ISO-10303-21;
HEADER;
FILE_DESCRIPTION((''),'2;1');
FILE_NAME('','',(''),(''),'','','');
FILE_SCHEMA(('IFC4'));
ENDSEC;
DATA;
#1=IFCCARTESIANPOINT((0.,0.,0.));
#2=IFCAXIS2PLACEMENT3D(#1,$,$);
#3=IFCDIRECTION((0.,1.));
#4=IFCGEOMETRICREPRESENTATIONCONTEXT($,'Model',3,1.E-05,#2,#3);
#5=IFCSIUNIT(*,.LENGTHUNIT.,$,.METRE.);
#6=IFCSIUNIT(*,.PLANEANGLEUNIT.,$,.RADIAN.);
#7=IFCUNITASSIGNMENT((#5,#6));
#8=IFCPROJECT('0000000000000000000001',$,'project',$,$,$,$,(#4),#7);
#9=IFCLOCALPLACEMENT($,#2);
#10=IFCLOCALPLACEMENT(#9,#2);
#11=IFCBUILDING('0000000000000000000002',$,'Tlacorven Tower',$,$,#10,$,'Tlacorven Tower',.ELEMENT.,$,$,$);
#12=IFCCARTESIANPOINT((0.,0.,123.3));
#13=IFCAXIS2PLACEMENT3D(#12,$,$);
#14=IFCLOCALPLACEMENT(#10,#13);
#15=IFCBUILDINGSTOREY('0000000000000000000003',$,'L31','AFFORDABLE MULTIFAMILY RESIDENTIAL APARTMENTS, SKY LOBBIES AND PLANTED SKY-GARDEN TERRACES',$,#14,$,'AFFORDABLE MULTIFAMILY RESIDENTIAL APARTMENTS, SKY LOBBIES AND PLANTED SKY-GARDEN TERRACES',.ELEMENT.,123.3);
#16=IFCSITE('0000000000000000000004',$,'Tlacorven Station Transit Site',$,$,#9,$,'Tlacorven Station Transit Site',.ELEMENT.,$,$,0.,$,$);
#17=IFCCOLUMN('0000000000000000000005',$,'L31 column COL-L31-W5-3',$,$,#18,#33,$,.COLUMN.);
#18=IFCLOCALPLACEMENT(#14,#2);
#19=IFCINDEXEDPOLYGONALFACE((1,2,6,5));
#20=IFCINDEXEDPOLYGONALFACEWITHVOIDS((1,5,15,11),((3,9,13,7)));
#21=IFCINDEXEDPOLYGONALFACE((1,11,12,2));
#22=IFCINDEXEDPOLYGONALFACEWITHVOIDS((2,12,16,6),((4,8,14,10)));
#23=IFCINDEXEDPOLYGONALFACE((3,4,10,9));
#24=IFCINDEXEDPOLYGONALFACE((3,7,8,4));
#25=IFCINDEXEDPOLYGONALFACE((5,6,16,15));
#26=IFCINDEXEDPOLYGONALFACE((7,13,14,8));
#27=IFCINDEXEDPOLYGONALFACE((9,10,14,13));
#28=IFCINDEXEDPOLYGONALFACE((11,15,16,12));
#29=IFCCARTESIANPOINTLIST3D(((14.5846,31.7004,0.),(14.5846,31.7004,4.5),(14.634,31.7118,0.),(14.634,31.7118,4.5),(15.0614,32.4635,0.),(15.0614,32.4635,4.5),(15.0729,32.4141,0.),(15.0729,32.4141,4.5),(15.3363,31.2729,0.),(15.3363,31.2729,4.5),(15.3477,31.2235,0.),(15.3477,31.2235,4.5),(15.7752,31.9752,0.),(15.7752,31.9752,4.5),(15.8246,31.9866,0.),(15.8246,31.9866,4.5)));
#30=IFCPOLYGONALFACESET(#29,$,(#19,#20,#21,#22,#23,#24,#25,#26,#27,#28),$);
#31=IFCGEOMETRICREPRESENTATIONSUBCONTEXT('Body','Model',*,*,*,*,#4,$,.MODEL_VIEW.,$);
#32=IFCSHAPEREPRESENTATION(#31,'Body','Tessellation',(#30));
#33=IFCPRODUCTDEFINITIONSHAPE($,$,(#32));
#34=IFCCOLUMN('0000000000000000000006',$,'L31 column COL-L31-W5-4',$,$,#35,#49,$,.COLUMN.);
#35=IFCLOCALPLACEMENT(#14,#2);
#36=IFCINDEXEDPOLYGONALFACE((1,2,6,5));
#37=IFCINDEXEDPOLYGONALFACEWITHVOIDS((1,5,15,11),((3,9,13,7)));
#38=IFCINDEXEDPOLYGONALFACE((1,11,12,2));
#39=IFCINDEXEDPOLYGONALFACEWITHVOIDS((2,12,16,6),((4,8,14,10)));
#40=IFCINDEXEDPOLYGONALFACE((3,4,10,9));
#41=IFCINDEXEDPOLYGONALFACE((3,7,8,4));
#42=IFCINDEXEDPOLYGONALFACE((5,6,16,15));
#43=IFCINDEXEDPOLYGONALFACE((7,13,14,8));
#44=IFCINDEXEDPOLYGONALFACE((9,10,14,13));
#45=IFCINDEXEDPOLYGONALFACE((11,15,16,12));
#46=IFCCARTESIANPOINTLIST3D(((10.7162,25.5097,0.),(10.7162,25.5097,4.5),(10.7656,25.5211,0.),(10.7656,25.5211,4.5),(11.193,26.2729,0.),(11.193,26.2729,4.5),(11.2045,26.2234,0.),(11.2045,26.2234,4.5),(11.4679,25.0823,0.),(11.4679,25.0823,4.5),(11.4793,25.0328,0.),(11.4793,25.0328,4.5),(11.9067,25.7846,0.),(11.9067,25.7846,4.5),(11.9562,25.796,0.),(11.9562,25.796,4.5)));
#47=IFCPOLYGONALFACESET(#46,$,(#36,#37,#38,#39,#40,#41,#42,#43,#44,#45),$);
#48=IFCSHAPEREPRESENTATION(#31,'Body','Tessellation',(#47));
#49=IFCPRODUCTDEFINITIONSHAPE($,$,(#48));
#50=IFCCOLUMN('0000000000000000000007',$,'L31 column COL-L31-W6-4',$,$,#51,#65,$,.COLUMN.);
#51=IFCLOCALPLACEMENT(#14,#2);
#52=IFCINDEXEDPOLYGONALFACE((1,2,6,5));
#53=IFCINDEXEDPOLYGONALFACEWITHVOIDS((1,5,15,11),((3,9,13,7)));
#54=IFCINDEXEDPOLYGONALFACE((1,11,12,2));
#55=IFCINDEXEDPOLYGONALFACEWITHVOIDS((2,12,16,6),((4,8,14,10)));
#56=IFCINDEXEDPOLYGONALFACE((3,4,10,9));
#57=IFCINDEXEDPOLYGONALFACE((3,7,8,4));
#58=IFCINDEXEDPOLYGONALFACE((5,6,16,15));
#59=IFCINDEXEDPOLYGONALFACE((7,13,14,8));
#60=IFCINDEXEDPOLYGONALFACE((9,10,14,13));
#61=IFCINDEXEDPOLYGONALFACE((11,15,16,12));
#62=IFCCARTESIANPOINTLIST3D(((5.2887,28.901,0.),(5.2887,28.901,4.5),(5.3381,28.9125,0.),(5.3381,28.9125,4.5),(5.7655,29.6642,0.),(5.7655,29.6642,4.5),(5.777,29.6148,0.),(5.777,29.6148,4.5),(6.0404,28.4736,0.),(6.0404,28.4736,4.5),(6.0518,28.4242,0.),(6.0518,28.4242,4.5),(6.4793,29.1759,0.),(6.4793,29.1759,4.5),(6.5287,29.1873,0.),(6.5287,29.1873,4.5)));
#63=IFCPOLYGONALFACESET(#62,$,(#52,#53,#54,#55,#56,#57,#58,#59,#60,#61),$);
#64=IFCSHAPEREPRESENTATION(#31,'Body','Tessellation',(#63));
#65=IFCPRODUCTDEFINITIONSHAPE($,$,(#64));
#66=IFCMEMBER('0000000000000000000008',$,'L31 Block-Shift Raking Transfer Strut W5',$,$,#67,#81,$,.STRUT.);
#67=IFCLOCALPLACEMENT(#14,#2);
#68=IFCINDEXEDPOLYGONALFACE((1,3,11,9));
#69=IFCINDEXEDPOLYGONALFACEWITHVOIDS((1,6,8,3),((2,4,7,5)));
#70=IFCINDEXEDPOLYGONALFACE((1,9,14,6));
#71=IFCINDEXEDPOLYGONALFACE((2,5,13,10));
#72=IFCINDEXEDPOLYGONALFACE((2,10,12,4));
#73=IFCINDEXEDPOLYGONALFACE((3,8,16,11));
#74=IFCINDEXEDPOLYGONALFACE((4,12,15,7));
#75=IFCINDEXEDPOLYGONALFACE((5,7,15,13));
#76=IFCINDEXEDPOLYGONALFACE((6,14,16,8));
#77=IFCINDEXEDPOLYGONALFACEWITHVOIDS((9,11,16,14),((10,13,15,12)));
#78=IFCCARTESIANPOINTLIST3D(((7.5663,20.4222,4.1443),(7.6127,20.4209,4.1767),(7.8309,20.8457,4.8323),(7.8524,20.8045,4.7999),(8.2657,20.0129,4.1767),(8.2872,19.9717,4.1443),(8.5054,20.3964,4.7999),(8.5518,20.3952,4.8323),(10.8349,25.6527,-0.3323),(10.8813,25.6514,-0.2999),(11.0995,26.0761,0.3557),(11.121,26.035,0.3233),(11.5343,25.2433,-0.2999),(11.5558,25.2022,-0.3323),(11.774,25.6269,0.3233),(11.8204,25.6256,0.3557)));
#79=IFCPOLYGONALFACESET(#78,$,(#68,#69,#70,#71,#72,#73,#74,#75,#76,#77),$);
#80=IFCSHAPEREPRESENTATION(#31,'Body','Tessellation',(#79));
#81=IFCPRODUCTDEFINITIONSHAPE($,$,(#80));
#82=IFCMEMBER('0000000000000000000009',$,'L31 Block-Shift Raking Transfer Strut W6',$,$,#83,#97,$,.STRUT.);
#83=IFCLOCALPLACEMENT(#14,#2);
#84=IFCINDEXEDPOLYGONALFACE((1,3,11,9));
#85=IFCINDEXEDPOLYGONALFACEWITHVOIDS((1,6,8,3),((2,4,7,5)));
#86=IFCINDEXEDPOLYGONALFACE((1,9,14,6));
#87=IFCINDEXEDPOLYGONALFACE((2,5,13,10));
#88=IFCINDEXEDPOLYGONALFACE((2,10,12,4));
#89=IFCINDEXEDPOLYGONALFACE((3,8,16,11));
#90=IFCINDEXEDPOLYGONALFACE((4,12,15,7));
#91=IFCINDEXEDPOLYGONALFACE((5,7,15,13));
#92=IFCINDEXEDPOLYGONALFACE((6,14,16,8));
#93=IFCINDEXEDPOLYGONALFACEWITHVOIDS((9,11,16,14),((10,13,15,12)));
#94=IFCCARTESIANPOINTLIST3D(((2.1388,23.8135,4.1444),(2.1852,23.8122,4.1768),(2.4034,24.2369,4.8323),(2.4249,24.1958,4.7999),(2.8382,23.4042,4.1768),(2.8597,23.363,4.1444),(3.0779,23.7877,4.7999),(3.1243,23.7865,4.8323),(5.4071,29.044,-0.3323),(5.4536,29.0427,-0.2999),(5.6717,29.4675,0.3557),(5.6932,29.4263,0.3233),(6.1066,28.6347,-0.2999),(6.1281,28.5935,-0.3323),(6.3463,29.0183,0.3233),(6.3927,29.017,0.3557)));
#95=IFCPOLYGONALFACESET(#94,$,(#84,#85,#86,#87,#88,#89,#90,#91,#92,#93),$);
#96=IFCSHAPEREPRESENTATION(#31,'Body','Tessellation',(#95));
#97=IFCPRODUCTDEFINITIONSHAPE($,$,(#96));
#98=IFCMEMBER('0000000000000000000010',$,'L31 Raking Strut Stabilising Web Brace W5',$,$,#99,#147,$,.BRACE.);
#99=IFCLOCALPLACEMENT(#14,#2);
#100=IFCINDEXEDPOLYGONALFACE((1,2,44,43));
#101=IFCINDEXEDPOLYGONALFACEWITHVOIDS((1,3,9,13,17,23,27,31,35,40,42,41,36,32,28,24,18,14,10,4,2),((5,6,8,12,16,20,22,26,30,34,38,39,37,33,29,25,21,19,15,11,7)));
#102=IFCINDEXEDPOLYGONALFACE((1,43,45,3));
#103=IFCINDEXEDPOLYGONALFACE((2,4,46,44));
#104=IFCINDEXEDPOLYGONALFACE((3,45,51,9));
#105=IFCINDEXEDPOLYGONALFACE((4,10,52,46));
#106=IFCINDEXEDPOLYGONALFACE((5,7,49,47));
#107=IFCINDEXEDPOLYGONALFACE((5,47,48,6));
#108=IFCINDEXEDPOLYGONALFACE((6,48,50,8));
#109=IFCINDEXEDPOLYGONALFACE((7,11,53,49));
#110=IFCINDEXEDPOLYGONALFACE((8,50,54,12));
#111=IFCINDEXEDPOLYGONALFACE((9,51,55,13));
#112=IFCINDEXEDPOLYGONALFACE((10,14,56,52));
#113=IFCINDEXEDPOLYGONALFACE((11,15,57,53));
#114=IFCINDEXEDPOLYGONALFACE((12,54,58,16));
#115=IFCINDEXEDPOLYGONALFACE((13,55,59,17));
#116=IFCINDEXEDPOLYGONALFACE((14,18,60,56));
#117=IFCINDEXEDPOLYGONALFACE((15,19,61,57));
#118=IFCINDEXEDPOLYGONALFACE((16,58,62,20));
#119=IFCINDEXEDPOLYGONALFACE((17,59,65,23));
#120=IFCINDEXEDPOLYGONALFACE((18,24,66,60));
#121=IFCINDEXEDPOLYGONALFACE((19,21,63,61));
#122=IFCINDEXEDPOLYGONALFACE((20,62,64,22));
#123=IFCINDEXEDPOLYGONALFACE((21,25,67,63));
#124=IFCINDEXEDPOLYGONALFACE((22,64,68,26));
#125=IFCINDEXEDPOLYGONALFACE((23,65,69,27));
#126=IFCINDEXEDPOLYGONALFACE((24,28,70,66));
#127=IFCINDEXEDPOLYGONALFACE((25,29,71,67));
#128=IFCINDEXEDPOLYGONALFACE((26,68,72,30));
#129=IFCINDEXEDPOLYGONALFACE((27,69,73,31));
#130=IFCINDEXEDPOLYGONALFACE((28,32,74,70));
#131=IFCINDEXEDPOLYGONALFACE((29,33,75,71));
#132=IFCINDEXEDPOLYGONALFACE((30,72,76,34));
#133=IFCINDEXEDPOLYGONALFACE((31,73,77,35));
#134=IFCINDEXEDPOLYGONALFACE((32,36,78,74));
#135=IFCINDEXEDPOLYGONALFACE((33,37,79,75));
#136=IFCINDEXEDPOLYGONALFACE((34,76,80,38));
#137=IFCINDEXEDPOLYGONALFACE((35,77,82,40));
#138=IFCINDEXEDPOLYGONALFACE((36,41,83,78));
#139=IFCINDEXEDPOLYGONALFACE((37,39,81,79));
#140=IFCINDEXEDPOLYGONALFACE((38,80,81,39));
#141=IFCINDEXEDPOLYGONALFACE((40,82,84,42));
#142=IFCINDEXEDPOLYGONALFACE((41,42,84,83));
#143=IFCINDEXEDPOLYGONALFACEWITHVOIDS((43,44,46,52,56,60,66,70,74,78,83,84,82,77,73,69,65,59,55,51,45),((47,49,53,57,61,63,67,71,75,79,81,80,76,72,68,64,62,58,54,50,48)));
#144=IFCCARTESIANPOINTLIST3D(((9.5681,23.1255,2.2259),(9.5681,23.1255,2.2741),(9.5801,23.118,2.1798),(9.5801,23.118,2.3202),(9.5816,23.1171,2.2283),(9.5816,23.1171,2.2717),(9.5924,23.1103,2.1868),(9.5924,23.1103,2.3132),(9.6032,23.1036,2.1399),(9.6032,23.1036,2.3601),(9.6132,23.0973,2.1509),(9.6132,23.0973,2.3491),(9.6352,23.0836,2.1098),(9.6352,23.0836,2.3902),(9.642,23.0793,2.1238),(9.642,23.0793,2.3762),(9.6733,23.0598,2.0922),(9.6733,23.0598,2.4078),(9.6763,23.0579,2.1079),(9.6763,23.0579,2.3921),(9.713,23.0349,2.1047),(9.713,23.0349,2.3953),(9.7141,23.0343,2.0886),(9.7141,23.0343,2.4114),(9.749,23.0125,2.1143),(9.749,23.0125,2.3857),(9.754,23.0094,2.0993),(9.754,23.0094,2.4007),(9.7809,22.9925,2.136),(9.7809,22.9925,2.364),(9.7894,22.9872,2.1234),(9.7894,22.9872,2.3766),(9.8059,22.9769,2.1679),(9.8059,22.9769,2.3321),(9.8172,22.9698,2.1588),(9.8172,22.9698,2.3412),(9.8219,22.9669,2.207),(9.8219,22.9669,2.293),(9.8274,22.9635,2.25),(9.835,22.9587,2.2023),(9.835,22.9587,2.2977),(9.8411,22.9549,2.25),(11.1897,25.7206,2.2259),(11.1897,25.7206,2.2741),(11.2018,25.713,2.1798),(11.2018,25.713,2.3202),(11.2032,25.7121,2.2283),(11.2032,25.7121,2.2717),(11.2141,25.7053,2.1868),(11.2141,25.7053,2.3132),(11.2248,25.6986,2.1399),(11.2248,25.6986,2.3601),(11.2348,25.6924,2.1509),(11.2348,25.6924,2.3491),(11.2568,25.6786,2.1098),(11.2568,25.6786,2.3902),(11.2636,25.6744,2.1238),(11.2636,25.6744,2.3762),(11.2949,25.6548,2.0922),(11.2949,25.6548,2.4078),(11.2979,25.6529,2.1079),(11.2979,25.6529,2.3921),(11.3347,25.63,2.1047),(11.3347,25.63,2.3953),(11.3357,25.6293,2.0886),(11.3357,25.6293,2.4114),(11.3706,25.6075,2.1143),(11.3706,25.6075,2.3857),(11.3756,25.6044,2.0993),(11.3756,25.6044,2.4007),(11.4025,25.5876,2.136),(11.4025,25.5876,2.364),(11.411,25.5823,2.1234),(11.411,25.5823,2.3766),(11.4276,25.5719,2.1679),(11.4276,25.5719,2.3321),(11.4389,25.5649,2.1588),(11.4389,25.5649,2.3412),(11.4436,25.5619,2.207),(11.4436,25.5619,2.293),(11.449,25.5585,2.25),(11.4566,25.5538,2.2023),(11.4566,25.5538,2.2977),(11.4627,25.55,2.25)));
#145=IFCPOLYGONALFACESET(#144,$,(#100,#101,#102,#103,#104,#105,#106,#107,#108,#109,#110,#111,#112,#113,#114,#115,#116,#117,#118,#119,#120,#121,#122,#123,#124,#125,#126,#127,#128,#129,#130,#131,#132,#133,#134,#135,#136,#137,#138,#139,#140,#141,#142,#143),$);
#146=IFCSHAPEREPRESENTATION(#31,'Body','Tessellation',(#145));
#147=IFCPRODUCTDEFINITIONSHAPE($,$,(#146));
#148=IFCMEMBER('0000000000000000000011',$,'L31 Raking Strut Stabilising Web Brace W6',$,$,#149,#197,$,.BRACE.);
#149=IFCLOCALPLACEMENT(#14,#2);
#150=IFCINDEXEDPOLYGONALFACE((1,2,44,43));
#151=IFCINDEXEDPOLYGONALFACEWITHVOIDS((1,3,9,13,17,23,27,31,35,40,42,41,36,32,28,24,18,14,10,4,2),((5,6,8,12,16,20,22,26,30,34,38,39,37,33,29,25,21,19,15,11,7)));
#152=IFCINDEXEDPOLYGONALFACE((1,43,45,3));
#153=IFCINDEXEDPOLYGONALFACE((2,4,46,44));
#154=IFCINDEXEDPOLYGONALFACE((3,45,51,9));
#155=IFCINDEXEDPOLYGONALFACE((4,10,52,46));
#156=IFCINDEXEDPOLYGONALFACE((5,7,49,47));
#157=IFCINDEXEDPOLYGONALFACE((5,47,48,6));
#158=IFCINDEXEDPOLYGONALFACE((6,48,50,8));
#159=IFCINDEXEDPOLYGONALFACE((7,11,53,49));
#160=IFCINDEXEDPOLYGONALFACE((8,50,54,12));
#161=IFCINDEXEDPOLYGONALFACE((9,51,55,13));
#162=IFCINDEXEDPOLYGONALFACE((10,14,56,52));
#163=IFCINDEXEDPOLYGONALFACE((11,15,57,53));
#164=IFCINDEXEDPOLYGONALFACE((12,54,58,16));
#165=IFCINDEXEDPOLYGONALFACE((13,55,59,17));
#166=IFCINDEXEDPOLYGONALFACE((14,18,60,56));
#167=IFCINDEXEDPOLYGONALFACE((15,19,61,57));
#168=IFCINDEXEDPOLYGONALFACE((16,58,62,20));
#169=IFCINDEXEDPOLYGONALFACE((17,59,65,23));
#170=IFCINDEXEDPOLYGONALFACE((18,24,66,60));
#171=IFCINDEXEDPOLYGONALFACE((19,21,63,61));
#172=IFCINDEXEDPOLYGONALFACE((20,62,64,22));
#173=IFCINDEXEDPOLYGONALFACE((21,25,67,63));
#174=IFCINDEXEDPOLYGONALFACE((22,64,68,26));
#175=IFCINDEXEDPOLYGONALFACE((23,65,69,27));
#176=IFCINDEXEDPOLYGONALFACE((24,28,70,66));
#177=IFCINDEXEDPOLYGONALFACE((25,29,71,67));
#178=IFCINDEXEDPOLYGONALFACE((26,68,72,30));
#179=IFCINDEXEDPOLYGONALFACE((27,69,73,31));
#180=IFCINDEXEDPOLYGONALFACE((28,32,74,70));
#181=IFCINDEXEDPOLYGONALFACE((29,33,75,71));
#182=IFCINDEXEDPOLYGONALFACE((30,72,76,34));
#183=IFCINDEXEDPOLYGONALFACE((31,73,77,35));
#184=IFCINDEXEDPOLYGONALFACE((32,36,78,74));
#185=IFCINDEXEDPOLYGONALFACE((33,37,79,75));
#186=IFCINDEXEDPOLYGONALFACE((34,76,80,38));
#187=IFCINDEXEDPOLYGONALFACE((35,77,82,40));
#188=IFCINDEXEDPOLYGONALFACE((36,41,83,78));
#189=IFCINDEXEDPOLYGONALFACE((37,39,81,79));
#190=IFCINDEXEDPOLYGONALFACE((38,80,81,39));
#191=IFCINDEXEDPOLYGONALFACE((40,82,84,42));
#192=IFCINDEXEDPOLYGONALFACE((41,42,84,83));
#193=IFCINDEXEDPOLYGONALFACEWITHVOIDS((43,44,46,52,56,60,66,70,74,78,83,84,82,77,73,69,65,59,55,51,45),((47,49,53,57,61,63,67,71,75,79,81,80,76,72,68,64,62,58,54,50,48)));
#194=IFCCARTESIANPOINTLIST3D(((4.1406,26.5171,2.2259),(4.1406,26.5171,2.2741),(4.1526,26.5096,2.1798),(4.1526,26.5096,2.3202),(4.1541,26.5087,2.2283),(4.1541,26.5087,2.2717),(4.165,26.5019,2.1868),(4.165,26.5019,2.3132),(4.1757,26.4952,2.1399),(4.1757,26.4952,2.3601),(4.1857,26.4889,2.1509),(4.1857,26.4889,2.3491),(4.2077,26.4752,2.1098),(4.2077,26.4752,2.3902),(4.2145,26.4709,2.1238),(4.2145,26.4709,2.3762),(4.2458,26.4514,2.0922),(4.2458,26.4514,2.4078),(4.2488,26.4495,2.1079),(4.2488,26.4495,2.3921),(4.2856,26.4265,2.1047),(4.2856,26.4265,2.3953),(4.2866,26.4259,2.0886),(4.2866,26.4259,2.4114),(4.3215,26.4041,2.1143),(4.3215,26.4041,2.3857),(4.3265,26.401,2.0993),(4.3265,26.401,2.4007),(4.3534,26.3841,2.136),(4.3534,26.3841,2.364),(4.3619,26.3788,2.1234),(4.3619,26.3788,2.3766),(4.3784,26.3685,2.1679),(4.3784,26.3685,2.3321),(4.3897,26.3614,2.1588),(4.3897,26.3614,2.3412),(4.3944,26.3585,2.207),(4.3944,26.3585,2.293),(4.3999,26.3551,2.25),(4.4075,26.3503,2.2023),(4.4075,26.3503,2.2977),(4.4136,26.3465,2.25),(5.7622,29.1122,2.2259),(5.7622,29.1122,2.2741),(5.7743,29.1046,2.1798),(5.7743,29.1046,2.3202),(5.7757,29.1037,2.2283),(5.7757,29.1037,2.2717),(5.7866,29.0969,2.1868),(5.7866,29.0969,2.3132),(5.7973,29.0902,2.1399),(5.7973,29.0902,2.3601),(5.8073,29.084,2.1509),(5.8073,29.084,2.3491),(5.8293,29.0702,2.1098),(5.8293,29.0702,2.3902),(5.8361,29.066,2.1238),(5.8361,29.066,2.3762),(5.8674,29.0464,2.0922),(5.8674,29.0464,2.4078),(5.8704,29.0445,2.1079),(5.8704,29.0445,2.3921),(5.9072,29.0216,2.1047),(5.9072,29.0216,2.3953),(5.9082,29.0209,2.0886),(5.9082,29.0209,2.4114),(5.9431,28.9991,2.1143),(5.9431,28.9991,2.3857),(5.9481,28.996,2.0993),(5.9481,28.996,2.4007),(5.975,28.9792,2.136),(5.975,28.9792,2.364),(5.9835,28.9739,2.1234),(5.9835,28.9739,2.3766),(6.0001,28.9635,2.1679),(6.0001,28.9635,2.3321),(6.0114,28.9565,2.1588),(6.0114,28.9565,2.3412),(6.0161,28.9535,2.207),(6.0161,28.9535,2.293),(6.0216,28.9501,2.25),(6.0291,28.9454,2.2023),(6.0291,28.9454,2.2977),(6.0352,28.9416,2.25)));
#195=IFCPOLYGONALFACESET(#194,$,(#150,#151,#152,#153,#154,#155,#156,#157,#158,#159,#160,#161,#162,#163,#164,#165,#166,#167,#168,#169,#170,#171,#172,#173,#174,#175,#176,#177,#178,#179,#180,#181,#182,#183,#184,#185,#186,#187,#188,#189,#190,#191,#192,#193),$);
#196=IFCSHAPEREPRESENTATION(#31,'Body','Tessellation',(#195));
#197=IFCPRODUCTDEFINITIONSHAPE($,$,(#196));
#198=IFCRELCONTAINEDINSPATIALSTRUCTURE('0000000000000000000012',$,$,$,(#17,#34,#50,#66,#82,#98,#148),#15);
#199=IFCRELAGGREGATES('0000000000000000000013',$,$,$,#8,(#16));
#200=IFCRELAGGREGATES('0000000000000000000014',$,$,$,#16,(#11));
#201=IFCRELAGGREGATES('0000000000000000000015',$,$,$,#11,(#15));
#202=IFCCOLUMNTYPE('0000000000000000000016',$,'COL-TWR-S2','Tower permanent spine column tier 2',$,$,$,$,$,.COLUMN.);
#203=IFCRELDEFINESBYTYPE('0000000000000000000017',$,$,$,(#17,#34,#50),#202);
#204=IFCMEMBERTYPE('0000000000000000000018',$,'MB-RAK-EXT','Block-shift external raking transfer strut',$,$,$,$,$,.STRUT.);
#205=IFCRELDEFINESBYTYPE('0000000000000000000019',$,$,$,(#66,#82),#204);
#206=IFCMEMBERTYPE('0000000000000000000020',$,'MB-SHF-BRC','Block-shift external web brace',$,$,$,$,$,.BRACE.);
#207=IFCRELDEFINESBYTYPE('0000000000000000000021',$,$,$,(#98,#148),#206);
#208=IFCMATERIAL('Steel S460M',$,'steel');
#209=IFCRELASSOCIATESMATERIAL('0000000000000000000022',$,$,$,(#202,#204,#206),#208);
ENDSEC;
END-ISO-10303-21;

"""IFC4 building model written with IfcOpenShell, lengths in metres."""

from ifc_helpers import new_model, si_unit, direction, frame, origin, origin_2d, place, context, subcontext, project, spatial, hollow_rectangle, hollow_circle, extrude, source, transform, mapped, material, material_profile, profile_set, type_object, element, save


model = new_model("IFC4")

# Units and contexts
model_context = context("Model", 3, precision=1e-05, world=origin(), true_north=direction((0.0, 1.0)))
body_context = subcontext(model_context, "Body", "Model", "MODEL_VIEW")
ifc_project = project(units=[si_unit("LENGTHUNIT", "METRE"), si_unit("PLANEANGLEUNIT", "RADIAN")], contexts=[model_context])

# Site, building, storey
site_placement = place(None, origin())
site = spatial("IfcSite", under=ifc_project, at=site_placement, Name="Tlacorven Station Transit Site", LongName="Tlacorven Station Transit Site", CompositionType="ELEMENT", RefElevation=0.0)
building_placement = place(site_placement, origin())
building = spatial("IfcBuilding", under=site, at=building_placement, Name="Tlacorven Tower", LongName="Tlacorven Tower", CompositionType="ELEMENT")
storey_placement = place(building_placement, frame((0.0, 0.0, 123.3)))
storey = spatial("IfcBuildingStorey", under=building, at=storey_placement, Name="L31", Description="AFFORDABLE MULTIFAMILY RESIDENTIAL APARTMENTS, SKY LOBBIES AND PLANTED SKY-GARDEN TERRACES", LongName="AFFORDABLE MULTIFAMILY RESIDENTIAL APARTMENTS, SKY LOBBIES AND PLANTED SKY-GARDEN TERRACES", CompositionType="ELEMENT", Elevation=123.3)

# Columns
ifc_material_1 = material(Name="Steel S460M", Category="steel")
ifc_material_profile_1 = material_profile(ifc_material_1, hollow_rectangle(XDim=0.8999, YDim=0.8999, WallThickness=0.0359, at=origin_2d()), Name="BOX 900X900X36")
ifc_profile_set_1 = profile_set([ifc_material_profile_1], Name="Steel S460M")
column_type = type_object("IfcColumnType", Name="COL-TWR-S2", Description="Tower permanent spine column tier 2", PredefinedType="COLUMN", material=ifc_profile_set_1)
shared_shape_1 = source(origin(), body_context, "Body", "SweptSolid", [
    extrude(hollow_rectangle(XDim=0.8999, YDim=0.8999, WallThickness=0.0359, at=origin_2d()), origin(), (0.0, 0.0, 1.0), 4.5),
])
for number, where, z_axis, x_axis, name in (
    (1, (15.2046, 31.8435, 0.0), (0.0, 0.0, 1.0), (-0.848048, 0.529919, 0.0), "L31 column COL-L31-W5-3"),
    (2, (11.3362, 25.6528, 0.0), (0.0, 0.0, 1.0), (-0.848048, 0.529919, 0.0), "L31 column COL-L31-W5-4"),
    (3, (5.9087, 29.0442, 0.0), (0.0, 0.0, 1.0), (-0.848048, 0.529919, 0.0), "L31 column COL-L31-W6-4"),
):
    element("IfcColumn", number, at=place(storey_placement, frame(where, z_axis=z_axis, x_axis=x_axis)), inside=storey, type_object=column_type, Name=name, PredefinedType="COLUMN", context=body_context, shape_type="MappedRepresentation", body=[
        mapped(shared_shape_1, transform((0.0, 0.0, 0.0), scale=1.0)),
    ])

# Members
ifc_material_profile_2 = material_profile(ifc_material_1, hollow_rectangle(XDim=0.8501, YDim=0.8501, WallThickness=0.04, at=origin_2d()), Name="BOX 850X850X40")
ifc_profile_set_2 = profile_set([ifc_material_profile_2], Name="Steel S460M")
member_type_1 = type_object("IfcMemberType", Name="MB-RAK-EXT", Description="Block-shift external raking transfer strut", PredefinedType="STRUT", material=ifc_profile_set_2)
shared_shape_2 = source(origin(), body_context, "Body", "SweptSolid", [
    extrude(hollow_rectangle(XDim=0.8501, YDim=0.8501, WallThickness=0.04, at=origin_2d()), origin(), (0.0, 0.0, 1.0), 7.6211),
])
for number, where, z_axis, x_axis, name in (
    (4, (11.3276, 25.6392, 0.0117), (-0.428883, -0.686316, 0.587392), (0.848034, -0.529942, 0.0), "L31 Block-Shift Raking Transfer Strut W5"),
    (5, (5.8999, 29.0305, 0.0117), (-0.428857, -0.686325, 0.5874), (0.848052, -0.529914, 0.0), "L31 Block-Shift Raking Transfer Strut W6"),
):
    element("IfcMember", number, at=place(storey_placement, frame(where, z_axis=z_axis, x_axis=x_axis)), inside=storey, type_object=member_type_1, Name=name, PredefinedType="STRUT", context=body_context, shape_type="MappedRepresentation", body=[
        mapped(shared_shape_2, transform((0.0, 0.0, 0.0), scale=1.0)),
    ])
ifc_material_profile_3 = material_profile(ifc_material_1, hollow_circle(Radius=0.1619, WallThickness=0.0161, at=origin_2d()), Name="CHS 323.9X16")
ifc_profile_set_3 = profile_set([ifc_material_profile_3], Name="Steel S460M")
member_type_2 = type_object("IfcMemberType", Name="MB-SHF-BRC", Description="Block-shift external web brace", PredefinedType="BRACE", material=ifc_profile_set_3)
shared_shape_3 = source(origin(), body_context, "Body", "SweptSolid", [
    extrude(hollow_circle(Radius=0.1619, WallThickness=0.0161, at=origin_2d()), origin(), (0.0, 0.0, 1.0), 3.0601),
])
for number, where, z_axis, x_axis, name in (
    (6, (11.3254, 25.6357, 2.25), (-0.529934, -0.848039, 0.0), (0.848039, -0.529934, 0.0), "L31 Raking Strut Stabilising Web Brace W5"),
    (7, (5.8979, 29.0273, 2.25), (-0.529934, -0.848039, 0.0), (0.848039, -0.529934, 0.0), "L31 Raking Strut Stabilising Web Brace W6"),
):
    element("IfcMember", number, at=place(storey_placement, frame(where, z_axis=z_axis, x_axis=x_axis)), inside=storey, type_object=member_type_2, Name=name, PredefinedType="BRACE", context=body_context, shape_type="MappedRepresentation", body=[
        mapped(shared_shape_3, transform((0.0, 0.0, 0.0), scale=1.0)),
    ])

save(model, "model.ifc")
